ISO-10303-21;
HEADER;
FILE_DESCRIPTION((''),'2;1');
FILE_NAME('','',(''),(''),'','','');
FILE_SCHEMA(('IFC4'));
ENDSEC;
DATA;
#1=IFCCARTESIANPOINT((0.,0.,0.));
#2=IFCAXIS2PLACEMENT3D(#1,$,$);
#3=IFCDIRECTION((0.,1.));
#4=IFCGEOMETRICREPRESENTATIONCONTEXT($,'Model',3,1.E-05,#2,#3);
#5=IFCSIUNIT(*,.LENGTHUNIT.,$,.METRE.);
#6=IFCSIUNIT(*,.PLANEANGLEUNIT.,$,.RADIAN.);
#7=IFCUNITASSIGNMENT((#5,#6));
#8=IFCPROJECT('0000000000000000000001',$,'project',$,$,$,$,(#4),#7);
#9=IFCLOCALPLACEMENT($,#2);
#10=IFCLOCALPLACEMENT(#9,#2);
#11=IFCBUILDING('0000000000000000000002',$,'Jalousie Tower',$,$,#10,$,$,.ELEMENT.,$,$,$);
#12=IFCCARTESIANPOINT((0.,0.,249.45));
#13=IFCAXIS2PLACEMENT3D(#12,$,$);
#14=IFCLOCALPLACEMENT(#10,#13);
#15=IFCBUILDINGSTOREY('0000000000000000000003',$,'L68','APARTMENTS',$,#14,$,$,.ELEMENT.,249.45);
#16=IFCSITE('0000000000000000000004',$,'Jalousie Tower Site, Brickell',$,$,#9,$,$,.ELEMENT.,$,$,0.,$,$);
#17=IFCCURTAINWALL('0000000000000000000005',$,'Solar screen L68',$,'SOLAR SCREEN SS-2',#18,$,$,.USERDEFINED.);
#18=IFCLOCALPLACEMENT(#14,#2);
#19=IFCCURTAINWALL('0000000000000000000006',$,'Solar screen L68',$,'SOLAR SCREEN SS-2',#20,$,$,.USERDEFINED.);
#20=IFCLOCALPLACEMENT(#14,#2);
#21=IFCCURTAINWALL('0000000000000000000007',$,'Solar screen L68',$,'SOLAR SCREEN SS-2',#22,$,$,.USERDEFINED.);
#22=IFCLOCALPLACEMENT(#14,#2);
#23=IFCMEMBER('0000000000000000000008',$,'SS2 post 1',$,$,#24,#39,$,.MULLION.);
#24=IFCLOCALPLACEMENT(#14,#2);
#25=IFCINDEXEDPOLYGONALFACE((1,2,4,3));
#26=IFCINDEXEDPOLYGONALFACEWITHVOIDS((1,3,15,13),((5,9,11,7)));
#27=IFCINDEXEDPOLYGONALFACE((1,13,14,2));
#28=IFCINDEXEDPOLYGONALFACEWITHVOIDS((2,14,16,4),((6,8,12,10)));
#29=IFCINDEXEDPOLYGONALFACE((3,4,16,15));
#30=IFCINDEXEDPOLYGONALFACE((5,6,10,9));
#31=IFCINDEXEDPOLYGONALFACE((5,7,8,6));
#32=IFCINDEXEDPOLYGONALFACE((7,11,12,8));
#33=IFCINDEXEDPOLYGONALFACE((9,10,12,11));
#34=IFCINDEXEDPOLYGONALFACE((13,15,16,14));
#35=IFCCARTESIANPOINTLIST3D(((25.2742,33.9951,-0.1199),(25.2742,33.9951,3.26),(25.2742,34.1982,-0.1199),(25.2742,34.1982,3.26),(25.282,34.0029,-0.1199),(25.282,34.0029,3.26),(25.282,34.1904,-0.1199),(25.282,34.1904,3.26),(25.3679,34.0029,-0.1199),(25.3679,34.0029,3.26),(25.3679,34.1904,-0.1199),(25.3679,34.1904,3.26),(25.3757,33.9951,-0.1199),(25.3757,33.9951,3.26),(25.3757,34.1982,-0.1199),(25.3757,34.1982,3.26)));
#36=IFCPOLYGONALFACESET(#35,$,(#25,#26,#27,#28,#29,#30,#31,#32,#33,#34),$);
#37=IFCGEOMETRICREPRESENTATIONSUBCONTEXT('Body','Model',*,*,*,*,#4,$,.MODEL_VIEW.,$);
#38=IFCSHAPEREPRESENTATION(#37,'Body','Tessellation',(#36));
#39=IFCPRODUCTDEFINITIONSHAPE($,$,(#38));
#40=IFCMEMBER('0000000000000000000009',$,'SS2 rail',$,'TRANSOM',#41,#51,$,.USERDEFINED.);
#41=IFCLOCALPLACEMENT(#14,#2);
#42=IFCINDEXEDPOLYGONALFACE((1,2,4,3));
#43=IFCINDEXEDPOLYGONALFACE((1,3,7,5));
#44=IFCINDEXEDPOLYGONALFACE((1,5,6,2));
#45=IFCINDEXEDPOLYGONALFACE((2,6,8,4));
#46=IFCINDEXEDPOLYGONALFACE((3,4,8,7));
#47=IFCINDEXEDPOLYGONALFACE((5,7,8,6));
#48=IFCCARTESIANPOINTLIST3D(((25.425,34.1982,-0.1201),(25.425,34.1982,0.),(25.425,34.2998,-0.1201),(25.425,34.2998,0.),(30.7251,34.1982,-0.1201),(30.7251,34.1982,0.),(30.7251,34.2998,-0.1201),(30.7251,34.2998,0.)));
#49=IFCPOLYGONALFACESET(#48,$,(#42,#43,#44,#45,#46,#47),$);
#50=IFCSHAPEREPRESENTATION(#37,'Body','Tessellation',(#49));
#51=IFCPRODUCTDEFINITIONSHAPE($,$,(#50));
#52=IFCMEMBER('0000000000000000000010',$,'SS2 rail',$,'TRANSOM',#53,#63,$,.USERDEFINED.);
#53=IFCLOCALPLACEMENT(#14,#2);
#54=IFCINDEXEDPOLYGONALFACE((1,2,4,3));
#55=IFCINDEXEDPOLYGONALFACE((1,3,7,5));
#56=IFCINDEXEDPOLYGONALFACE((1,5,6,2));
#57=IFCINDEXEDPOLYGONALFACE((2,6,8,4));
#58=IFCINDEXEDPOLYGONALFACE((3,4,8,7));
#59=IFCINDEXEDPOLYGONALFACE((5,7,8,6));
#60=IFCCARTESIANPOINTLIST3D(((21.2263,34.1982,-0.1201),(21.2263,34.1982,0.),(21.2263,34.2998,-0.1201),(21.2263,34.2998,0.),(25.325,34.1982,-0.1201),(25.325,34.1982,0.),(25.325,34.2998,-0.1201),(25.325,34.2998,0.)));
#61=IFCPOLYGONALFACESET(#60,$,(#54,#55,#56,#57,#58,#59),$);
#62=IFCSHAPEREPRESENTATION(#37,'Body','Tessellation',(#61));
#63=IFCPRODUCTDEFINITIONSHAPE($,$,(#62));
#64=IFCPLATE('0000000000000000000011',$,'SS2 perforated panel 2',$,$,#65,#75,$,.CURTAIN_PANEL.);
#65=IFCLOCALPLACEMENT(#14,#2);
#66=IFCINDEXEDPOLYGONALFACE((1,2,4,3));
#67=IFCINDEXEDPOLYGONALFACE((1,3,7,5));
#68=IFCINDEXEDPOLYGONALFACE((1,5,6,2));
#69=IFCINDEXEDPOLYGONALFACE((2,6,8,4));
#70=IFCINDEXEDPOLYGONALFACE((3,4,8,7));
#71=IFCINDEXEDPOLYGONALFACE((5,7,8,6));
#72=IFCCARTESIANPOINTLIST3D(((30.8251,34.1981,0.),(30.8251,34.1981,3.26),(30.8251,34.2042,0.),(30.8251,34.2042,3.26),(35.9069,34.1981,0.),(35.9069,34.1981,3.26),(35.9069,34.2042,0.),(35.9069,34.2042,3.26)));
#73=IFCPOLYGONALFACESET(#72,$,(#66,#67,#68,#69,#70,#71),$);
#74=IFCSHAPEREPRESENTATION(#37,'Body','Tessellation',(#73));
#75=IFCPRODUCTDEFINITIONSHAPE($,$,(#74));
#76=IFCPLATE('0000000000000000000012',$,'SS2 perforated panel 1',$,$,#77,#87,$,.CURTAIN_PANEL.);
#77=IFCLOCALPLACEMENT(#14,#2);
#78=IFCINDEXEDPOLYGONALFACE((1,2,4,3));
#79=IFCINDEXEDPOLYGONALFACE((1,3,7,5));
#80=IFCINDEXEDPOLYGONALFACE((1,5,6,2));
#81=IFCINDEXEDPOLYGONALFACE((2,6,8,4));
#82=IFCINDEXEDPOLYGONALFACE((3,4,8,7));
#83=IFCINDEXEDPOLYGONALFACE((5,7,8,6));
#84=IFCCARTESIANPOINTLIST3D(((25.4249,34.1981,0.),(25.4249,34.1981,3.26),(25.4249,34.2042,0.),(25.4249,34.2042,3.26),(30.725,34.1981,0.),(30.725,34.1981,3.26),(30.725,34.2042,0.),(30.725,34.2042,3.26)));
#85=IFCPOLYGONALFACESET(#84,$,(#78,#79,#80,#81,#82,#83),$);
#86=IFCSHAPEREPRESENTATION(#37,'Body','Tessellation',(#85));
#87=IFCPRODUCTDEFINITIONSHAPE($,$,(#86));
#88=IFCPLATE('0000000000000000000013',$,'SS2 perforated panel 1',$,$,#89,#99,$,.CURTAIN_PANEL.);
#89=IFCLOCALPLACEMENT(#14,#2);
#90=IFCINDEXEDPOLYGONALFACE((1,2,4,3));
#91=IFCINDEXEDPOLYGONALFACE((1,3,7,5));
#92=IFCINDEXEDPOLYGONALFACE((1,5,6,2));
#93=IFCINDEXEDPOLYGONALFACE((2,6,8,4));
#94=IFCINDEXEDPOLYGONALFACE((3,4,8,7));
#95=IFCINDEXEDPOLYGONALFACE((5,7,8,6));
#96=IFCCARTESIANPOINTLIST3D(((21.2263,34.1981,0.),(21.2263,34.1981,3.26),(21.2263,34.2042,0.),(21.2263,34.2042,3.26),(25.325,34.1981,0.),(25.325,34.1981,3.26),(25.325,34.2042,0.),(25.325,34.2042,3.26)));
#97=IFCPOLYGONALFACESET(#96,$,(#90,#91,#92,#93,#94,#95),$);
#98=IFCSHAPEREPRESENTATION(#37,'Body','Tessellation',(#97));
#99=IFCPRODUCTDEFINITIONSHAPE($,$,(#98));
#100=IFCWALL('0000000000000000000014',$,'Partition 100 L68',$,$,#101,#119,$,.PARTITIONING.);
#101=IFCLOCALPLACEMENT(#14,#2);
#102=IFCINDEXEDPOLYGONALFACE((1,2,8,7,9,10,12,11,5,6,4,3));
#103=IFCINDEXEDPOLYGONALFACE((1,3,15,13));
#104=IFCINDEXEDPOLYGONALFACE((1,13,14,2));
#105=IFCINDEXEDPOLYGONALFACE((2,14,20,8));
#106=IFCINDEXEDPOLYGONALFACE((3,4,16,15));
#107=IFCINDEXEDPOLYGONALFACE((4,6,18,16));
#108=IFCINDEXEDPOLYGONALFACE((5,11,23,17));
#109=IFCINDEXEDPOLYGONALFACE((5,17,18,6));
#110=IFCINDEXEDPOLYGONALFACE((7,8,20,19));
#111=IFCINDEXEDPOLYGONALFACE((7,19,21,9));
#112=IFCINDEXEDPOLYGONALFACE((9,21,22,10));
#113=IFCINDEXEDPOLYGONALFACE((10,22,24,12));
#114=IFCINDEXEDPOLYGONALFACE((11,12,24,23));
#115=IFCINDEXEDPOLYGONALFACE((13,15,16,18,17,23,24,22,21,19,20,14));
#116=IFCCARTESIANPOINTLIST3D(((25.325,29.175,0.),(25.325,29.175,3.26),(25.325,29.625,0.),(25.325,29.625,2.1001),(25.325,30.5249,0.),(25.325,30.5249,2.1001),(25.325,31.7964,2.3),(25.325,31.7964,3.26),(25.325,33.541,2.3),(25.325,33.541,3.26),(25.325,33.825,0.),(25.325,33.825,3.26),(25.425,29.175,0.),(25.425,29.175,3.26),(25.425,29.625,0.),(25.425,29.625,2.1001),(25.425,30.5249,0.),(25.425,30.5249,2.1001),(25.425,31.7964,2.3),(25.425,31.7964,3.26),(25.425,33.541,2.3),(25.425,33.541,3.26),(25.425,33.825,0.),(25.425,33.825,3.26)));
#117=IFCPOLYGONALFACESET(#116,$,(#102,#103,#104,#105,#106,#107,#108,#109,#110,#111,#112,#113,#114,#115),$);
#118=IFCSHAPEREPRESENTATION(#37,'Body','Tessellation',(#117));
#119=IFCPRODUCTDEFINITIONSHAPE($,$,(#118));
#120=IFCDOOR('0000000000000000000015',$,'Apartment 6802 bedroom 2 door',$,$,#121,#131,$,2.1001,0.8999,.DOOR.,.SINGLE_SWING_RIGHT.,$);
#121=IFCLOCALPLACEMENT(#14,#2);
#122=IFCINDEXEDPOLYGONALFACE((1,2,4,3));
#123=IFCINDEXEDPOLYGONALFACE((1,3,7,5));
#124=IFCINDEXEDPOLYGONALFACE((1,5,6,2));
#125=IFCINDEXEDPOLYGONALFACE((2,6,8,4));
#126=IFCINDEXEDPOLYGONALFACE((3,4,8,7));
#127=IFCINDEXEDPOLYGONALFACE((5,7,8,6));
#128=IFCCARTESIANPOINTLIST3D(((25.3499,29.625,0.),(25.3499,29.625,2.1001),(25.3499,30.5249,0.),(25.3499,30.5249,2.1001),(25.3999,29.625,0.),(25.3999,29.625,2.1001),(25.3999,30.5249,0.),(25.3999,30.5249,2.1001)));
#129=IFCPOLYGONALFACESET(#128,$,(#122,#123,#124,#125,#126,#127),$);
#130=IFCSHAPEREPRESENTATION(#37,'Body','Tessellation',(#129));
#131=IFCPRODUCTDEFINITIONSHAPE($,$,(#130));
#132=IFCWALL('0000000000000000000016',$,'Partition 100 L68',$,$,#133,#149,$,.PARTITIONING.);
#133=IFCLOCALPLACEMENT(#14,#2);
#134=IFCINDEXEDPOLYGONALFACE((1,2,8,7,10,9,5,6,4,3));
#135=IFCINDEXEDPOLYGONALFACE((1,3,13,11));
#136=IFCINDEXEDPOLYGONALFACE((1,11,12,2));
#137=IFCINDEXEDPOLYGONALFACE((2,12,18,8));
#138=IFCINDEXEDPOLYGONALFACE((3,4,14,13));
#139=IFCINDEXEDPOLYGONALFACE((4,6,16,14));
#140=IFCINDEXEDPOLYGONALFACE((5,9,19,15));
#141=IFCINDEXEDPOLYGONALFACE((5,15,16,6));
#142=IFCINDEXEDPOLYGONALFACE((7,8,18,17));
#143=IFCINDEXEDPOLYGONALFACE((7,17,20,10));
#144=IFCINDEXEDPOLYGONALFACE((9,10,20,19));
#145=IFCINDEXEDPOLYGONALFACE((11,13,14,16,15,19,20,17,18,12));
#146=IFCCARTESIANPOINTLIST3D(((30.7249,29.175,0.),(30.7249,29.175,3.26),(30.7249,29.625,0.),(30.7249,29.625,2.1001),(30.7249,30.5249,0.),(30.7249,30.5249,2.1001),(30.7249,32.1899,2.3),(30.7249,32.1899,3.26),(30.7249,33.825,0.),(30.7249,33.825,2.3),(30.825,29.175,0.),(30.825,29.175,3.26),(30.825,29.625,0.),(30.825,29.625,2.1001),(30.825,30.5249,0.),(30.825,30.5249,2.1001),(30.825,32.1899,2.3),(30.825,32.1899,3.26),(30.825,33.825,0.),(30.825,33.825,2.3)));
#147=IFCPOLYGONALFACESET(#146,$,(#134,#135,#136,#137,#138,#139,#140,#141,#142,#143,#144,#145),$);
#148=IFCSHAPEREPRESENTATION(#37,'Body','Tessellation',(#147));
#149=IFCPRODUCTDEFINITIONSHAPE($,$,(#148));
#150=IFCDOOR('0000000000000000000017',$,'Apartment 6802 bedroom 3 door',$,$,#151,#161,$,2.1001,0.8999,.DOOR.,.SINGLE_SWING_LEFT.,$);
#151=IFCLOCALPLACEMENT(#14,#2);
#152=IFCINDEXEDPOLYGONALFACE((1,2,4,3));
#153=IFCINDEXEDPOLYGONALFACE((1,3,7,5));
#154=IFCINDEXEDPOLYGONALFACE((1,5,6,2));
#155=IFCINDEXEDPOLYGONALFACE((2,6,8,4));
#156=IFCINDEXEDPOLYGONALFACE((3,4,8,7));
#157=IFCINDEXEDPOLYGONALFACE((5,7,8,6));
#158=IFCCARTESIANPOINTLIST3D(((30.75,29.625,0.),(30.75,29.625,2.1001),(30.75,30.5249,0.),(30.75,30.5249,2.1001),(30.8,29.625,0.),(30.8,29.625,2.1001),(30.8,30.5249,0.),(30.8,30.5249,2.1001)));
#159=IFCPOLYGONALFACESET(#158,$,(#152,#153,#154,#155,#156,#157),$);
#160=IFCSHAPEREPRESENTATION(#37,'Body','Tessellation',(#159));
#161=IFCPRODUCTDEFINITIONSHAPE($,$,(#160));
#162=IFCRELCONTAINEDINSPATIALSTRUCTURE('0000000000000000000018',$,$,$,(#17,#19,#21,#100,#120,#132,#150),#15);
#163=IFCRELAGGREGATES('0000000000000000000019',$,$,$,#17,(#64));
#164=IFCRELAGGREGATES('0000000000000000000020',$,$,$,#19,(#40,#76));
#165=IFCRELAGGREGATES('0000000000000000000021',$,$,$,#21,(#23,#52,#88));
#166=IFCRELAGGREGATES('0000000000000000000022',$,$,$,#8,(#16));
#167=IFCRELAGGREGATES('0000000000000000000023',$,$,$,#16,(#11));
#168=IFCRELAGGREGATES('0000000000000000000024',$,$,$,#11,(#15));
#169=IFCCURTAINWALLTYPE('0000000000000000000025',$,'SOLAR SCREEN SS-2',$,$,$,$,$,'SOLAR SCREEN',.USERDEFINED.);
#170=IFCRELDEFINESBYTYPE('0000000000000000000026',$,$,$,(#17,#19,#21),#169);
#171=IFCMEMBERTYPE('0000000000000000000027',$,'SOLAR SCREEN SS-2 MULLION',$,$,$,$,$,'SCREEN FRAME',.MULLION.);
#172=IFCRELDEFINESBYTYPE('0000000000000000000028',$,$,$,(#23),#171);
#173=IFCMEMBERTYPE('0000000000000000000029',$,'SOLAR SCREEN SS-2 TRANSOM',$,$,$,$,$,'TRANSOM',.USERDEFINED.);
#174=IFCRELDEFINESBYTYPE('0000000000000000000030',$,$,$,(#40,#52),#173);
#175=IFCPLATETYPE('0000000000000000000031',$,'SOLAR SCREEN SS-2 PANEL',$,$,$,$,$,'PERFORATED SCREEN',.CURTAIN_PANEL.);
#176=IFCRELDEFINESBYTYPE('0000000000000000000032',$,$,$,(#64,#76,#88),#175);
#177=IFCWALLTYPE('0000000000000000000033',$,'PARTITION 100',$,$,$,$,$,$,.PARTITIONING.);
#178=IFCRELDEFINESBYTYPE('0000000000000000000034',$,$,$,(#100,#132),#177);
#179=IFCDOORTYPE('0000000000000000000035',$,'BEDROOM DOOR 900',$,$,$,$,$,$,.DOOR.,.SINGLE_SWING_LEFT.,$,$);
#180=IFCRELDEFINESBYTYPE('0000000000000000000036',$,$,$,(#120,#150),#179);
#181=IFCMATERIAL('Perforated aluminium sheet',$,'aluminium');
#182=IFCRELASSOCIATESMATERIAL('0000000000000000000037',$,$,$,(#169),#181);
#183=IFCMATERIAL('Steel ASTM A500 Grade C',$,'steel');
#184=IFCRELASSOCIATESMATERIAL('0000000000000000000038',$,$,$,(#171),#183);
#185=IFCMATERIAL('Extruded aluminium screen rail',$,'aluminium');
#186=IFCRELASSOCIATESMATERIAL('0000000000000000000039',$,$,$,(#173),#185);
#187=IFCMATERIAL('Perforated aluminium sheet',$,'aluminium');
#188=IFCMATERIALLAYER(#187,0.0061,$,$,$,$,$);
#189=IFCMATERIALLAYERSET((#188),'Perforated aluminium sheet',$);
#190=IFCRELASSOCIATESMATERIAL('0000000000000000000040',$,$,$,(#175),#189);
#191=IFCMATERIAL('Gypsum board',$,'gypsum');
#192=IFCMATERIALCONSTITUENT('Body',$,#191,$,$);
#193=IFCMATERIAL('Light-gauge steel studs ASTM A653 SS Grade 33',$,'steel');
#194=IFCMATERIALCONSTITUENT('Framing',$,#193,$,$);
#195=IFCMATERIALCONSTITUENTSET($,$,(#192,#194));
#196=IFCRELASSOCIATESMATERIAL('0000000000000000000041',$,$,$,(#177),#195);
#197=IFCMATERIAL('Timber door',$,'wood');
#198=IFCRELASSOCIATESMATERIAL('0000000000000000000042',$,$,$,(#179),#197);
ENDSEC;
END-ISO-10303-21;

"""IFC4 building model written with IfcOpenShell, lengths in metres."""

from ifc_helpers import new_model, si_unit, direction, frame, frame_2d, origin, origin_2d, place, context, subcontext, project, spatial, polyline, rectangle, hollow_rectangle, outline, extrude, material, layer, layer_set, constituent, constituent_set, material_profile, profile_set, type_object, element, fill, aggregate, save


model = new_model("IFC4")

# Units and contexts
model_context = context("Model", 3, precision=1e-05, world=origin(), true_north=direction((0.0, 1.0)))
body_context = subcontext(model_context, "Body", "Model", "MODEL_VIEW")
ifc_project = project(units=[si_unit("LENGTHUNIT", "METRE"), si_unit("PLANEANGLEUNIT", "RADIAN")], contexts=[model_context])

# Site, building, storey
site_placement = place(None, origin())
site = spatial("IfcSite", under=ifc_project, at=site_placement, Name="Jalousie Tower Site, Brickell", CompositionType="ELEMENT", RefElevation=0.0)
building_placement = place(site_placement, origin())
building = spatial("IfcBuilding", under=site, at=building_placement, Name="Jalousie Tower", CompositionType="ELEMENT")
storey_placement = place(building_placement, frame((0.0, 0.0, 249.45)))
storey = spatial("IfcBuildingStorey", under=building, at=storey_placement, Name="L68", Description="APARTMENTS", CompositionType="ELEMENT", Elevation=249.45)

# Curtain wall
ifc_material_1 = material(Name="Perforated aluminium sheet", Category="aluminium")
curtain_wall_type = type_object("IfcCurtainWallType", Name="SOLAR SCREEN SS-2", ElementType="SOLAR SCREEN", PredefinedType="USERDEFINED", material=ifc_material_1)
curtain_wall_1_placement = place(storey_placement, origin())
curtain_wall_1 = element("IfcCurtainWall", 1, at=curtain_wall_1_placement, inside=storey, type_object=curtain_wall_type, Name="Solar screen L68", ObjectType="SOLAR SCREEN SS-2", PredefinedType="USERDEFINED")
ifc_material_2 = material(Name="Steel ASTM A500 Grade C", Category="steel")
ifc_material_profile_1 = material_profile(ifc_material_2, hollow_rectangle(XDim=0.1016, YDim=0.2031, WallThickness=0.0078, at=origin_2d()), Name="HSS8X4X5/16")
ifc_profile_set_1 = profile_set([ifc_material_profile_1], Name="Steel ASTM A500 Grade C")
member_type_1 = type_object("IfcMemberType", Name="SOLAR SCREEN SS-2 MULLION", ElementType="SCREEN FRAME", PredefinedType="MULLION", material=ifc_profile_set_1)

# Curtain wall
curtain_wall_2_placement = place(storey_placement, origin())
curtain_wall_2 = element("IfcCurtainWall", 2, at=curtain_wall_2_placement, inside=storey, type_object=curtain_wall_type, Name="Solar screen L68", ObjectType="SOLAR SCREEN SS-2", PredefinedType="USERDEFINED")

# Curtain wall, member
curtain_wall_3_placement = place(storey_placement, origin())
curtain_wall_3 = element("IfcCurtainWall", 3, at=curtain_wall_3_placement, inside=storey, type_object=curtain_wall_type, Name="Solar screen L68", ObjectType="SOLAR SCREEN SS-2", PredefinedType="USERDEFINED")
member_1_placement = place(storey_placement, frame((25.325, 34.0967, -0.1199), z_axis=(0.0, 0.0, 1.0), x_axis=(-1.0, 0.0, 0.0)))
member_1 = element("IfcMember", 4, at=member_1_placement, type_object=member_type_1, Name="SS2 post 1", PredefinedType="MULLION", context=body_context, shape_type="SweptSolid", body=[
    extrude(hollow_rectangle(XDim=0.1016, YDim=0.2031, WallThickness=0.0078, at=origin_2d()), origin(), (0.0, 0.0, 1.0), 3.3799),
])

# Members
ifc_material_3 = material(Name="Extruded aluminium screen rail", Category="aluminium")
ifc_material_profile_2 = material_profile(ifc_material_3, rectangle(XDim=0.1016, YDim=0.1201, at=origin_2d()), Name="RAIL 102x120")
ifc_profile_set_2 = profile_set([ifc_material_profile_2], Name="Extruded aluminium screen rail")
member_type_2 = type_object("IfcMemberType", Name="SOLAR SCREEN SS-2 TRANSOM", ElementType="TRANSOM", PredefinedType="USERDEFINED", material=ifc_profile_set_2)
member_2_placement = place(storey_placement, frame((30.7251, 34.249, -0.0601), z_axis=(-1.0, 0.0, 0.0), x_axis=(0.0, -1.0, 0.0)))
member_2 = element("IfcMember", 5, at=member_2_placement, type_object=member_type_2, Name="SS2 rail", ObjectType="TRANSOM", PredefinedType="USERDEFINED", context=body_context, shape_type="SweptSolid", body=[
    extrude(rectangle(XDim=0.1016, YDim=0.1201, at=origin_2d()), origin(), (0.0, 0.0, 1.0), 5.3),
])
member_3_placement = place(storey_placement, frame((25.325, 34.249, -0.0601), z_axis=(-1.0, 0.0, 0.0), x_axis=(0.0, -1.0, 0.0)))
member_3 = element("IfcMember", 6, at=member_3_placement, type_object=member_type_2, Name="SS2 rail", ObjectType="TRANSOM", PredefinedType="USERDEFINED", context=body_context, shape_type="SweptSolid", body=[
    extrude(rectangle(XDim=0.1016, YDim=0.1201, at=origin_2d()), origin(), (0.0, 0.0, 1.0), 4.0986),
])

# Plates
ifc_material_4 = material(Name="Perforated aluminium sheet", Category="aluminium")
ifc_layer = layer(ifc_material_4, 0.0061)
ifc_layer_set = layer_set([ifc_layer], Name="Perforated aluminium sheet")
plate_type = type_object("IfcPlateType", Name="SOLAR SCREEN SS-2 PANEL", ElementType="PERFORATED SCREEN", PredefinedType="CURTAIN_PANEL", material=ifc_layer_set)
plate_1_placement = place(storey_placement, frame((33.366, 34.2012, 0.0), z_axis=(0.0, 0.0, 1.0), x_axis=(-1.0, 0.0, 0.0)))
plate_1 = element("IfcPlate", 7, at=plate_1_placement, type_object=plate_type, Name="SS2 perforated panel 2", PredefinedType="CURTAIN_PANEL", context=body_context, shape_type="SweptSolid", body=[
    extrude(rectangle(XDim=5.0818, YDim=0.0061, at=origin_2d()), origin(), (0.0, 0.0, 1.0), 3.26),
])
aggregate(curtain_wall_1, [plate_1])
plate_2_placement = place(storey_placement, frame((28.075, 34.2012, 0.0), z_axis=(0.0, 0.0, 1.0), x_axis=(-1.0, 0.0, 0.0)))
plate_2 = element("IfcPlate", 8, at=plate_2_placement, type_object=plate_type, Name="SS2 perforated panel 1", PredefinedType="CURTAIN_PANEL", context=body_context, shape_type="SweptSolid", body=[
    extrude(rectangle(XDim=5.3, YDim=0.0061, at=origin_2d()), origin(), (0.0, 0.0, 1.0), 3.26),
])
aggregate(curtain_wall_2, [member_2, plate_2])
plate_3_placement = place(storey_placement, frame((23.2756, 34.2012, 0.0), z_axis=(0.0, 0.0, 1.0), x_axis=(-1.0, 0.0, 0.0)))
plate_3 = element("IfcPlate", 9, at=plate_3_placement, type_object=plate_type, Name="SS2 perforated panel 1", PredefinedType="CURTAIN_PANEL", context=body_context, shape_type="SweptSolid", body=[
    extrude(rectangle(XDim=4.0986, YDim=0.0061, at=origin_2d()), origin(), (0.0, 0.0, 1.0), 3.26),
])
aggregate(curtain_wall_3, [member_1, member_3, plate_3])

# Walls, openings, doors
ifc_material_5 = material(Name="Gypsum board", Category="gypsum")
ifc_constituent_1 = constituent(ifc_material_5, Name="Body")
ifc_material_6 = material(Name="Light-gauge steel studs ASTM A653 SS Grade 33", Category="steel")
ifc_constituent_2 = constituent(ifc_material_6, Name="Framing")
ifc_constituent_set = constituent_set(constituents=[ifc_constituent_1, ifc_constituent_2])
wall_type = type_object("IfcWallType", Name="PARTITION 100", PredefinedType="PARTITIONING", material=ifc_constituent_set)
wall_1_placement = place(storey_placement, frame((25.375, 33.825, 0.0), z_axis=(0.0, 0.0, 1.0), x_axis=(0.0, -1.0, 0.0)))
wall_1 = element("IfcWall", 10, at=wall_1_placement, inside=storey, type_object=wall_type, Name="Partition 100 L68", PredefinedType="PARTITIONING", context=body_context, shape_type="SweptSolid", body=[
    extrude(outline(polyline([(0.0, 0.0), (4.6499, 0.0), (4.6499, 3.26), (2.0286, 3.26), (2.0286, 2.3), (0.2839, 2.3), (0.2839, 3.26), (0.0, 3.26), (0.0, 0.0)])), frame((0.0, 0.05, 0.0), z_axis=(0.0, -1.0, 0.0), x_axis=(1.0, 0.0, 0.0)), (0.0, 0.0, 1.0), 0.1001),
])
opening_1_placement = place(wall_1_placement, frame((3.3, 0.0, 0.0)))
opening_1 = element("IfcOpeningElement", 11, at=opening_1_placement, cuts=wall_1, PredefinedType="OPENING", context=body_context, shape_type="SweptSolid", body=[
    extrude(rectangle(XDim=0.8999, YDim=2.1001, at=frame_2d((0.45, 1.05))), frame((0.0, 0.0601, 0.0), z_axis=(0.0, -1.0, 0.0), x_axis=(1.0, 0.0, 0.0)), (0.0, 0.0, 1.0), 0.1201),
])
ifc_material_7 = material(Name="Timber door", Category="wood")
door_type = type_object("IfcDoorType", Name="BEDROOM DOOR 900", OperationType="SINGLE_SWING_LEFT", PredefinedType="DOOR", material=ifc_material_7)
door_1_placement = place(opening_1_placement, origin())
door_1 = element("IfcDoor", 12, at=door_1_placement, inside=storey, type_object=door_type, Name="Apartment 6802 bedroom 2 door", OperationType="SINGLE_SWING_RIGHT", OverallHeight=2.1001, OverallWidth=0.8999, PredefinedType="DOOR", context=body_context, shape_type="SweptSolid", body=[
    extrude(rectangle(XDim=0.8999, YDim=2.1001, at=frame_2d((0.45, 1.05))), frame((0.0, 0.0249, 0.0), z_axis=(0.0, -1.0, 0.0), x_axis=(1.0, 0.0, 0.0)), (0.0, 0.0, 1.0), 0.05),
])
fill(opening_1, door_1)
wall_2_placement = place(storey_placement, frame((30.7749, 33.825, 0.0), z_axis=(0.0, 0.0, 1.0), x_axis=(0.0, -1.0, 0.0)))
wall_2 = element("IfcWall", 13, at=wall_2_placement, inside=storey, type_object=wall_type, Name="Partition 100 L68", PredefinedType="PARTITIONING", context=body_context, shape_type="SweptSolid", body=[
    extrude(outline(polyline([(0.0, 0.0), (4.6499, 0.0), (4.6499, 3.26), (1.635, 3.26), (1.635, 2.3), (0.0, 2.3), (0.0, 3.26), (0.0, 0.0)])), frame((0.0, 0.05, 0.0), z_axis=(0.0, -1.0, 0.0), x_axis=(1.0, 0.0, 0.0)), (0.0, 0.0, 1.0), 0.1001),
])
opening_2_placement = place(wall_2_placement, frame((3.3, 0.0, 0.0)))
opening_2 = element("IfcOpeningElement", 14, at=opening_2_placement, cuts=wall_2, PredefinedType="OPENING", context=body_context, shape_type="SweptSolid", body=[
    extrude(rectangle(XDim=0.8999, YDim=2.1001, at=frame_2d((0.45, 1.05))), frame((0.0, 0.0601, 0.0), z_axis=(0.0, -1.0, 0.0), x_axis=(1.0, 0.0, 0.0)), (0.0, 0.0, 1.0), 0.1201),
])
door_2_placement = place(opening_2_placement, frame((0.8999, 0.0, 0.0), z_axis=(0.0, 0.0, 1.0), x_axis=(-1.0, 0.0, 0.0)))
door_2 = element("IfcDoor", 15, at=door_2_placement, inside=storey, type_object=door_type, Name="Apartment 6802 bedroom 3 door", OperationType="SINGLE_SWING_LEFT", OverallHeight=2.1001, OverallWidth=0.8999, PredefinedType="DOOR", context=body_context, shape_type="SweptSolid", body=[
    extrude(rectangle(XDim=0.8999, YDim=2.1001, at=frame_2d((0.45, 1.05))), frame((0.0, 0.0249, 0.0), z_axis=(0.0, -1.0, 0.0), x_axis=(1.0, 0.0, 0.0)), (0.0, 0.0, 1.0), 0.05),
])
fill(opening_2, door_2)

save(model, "model.ifc")
